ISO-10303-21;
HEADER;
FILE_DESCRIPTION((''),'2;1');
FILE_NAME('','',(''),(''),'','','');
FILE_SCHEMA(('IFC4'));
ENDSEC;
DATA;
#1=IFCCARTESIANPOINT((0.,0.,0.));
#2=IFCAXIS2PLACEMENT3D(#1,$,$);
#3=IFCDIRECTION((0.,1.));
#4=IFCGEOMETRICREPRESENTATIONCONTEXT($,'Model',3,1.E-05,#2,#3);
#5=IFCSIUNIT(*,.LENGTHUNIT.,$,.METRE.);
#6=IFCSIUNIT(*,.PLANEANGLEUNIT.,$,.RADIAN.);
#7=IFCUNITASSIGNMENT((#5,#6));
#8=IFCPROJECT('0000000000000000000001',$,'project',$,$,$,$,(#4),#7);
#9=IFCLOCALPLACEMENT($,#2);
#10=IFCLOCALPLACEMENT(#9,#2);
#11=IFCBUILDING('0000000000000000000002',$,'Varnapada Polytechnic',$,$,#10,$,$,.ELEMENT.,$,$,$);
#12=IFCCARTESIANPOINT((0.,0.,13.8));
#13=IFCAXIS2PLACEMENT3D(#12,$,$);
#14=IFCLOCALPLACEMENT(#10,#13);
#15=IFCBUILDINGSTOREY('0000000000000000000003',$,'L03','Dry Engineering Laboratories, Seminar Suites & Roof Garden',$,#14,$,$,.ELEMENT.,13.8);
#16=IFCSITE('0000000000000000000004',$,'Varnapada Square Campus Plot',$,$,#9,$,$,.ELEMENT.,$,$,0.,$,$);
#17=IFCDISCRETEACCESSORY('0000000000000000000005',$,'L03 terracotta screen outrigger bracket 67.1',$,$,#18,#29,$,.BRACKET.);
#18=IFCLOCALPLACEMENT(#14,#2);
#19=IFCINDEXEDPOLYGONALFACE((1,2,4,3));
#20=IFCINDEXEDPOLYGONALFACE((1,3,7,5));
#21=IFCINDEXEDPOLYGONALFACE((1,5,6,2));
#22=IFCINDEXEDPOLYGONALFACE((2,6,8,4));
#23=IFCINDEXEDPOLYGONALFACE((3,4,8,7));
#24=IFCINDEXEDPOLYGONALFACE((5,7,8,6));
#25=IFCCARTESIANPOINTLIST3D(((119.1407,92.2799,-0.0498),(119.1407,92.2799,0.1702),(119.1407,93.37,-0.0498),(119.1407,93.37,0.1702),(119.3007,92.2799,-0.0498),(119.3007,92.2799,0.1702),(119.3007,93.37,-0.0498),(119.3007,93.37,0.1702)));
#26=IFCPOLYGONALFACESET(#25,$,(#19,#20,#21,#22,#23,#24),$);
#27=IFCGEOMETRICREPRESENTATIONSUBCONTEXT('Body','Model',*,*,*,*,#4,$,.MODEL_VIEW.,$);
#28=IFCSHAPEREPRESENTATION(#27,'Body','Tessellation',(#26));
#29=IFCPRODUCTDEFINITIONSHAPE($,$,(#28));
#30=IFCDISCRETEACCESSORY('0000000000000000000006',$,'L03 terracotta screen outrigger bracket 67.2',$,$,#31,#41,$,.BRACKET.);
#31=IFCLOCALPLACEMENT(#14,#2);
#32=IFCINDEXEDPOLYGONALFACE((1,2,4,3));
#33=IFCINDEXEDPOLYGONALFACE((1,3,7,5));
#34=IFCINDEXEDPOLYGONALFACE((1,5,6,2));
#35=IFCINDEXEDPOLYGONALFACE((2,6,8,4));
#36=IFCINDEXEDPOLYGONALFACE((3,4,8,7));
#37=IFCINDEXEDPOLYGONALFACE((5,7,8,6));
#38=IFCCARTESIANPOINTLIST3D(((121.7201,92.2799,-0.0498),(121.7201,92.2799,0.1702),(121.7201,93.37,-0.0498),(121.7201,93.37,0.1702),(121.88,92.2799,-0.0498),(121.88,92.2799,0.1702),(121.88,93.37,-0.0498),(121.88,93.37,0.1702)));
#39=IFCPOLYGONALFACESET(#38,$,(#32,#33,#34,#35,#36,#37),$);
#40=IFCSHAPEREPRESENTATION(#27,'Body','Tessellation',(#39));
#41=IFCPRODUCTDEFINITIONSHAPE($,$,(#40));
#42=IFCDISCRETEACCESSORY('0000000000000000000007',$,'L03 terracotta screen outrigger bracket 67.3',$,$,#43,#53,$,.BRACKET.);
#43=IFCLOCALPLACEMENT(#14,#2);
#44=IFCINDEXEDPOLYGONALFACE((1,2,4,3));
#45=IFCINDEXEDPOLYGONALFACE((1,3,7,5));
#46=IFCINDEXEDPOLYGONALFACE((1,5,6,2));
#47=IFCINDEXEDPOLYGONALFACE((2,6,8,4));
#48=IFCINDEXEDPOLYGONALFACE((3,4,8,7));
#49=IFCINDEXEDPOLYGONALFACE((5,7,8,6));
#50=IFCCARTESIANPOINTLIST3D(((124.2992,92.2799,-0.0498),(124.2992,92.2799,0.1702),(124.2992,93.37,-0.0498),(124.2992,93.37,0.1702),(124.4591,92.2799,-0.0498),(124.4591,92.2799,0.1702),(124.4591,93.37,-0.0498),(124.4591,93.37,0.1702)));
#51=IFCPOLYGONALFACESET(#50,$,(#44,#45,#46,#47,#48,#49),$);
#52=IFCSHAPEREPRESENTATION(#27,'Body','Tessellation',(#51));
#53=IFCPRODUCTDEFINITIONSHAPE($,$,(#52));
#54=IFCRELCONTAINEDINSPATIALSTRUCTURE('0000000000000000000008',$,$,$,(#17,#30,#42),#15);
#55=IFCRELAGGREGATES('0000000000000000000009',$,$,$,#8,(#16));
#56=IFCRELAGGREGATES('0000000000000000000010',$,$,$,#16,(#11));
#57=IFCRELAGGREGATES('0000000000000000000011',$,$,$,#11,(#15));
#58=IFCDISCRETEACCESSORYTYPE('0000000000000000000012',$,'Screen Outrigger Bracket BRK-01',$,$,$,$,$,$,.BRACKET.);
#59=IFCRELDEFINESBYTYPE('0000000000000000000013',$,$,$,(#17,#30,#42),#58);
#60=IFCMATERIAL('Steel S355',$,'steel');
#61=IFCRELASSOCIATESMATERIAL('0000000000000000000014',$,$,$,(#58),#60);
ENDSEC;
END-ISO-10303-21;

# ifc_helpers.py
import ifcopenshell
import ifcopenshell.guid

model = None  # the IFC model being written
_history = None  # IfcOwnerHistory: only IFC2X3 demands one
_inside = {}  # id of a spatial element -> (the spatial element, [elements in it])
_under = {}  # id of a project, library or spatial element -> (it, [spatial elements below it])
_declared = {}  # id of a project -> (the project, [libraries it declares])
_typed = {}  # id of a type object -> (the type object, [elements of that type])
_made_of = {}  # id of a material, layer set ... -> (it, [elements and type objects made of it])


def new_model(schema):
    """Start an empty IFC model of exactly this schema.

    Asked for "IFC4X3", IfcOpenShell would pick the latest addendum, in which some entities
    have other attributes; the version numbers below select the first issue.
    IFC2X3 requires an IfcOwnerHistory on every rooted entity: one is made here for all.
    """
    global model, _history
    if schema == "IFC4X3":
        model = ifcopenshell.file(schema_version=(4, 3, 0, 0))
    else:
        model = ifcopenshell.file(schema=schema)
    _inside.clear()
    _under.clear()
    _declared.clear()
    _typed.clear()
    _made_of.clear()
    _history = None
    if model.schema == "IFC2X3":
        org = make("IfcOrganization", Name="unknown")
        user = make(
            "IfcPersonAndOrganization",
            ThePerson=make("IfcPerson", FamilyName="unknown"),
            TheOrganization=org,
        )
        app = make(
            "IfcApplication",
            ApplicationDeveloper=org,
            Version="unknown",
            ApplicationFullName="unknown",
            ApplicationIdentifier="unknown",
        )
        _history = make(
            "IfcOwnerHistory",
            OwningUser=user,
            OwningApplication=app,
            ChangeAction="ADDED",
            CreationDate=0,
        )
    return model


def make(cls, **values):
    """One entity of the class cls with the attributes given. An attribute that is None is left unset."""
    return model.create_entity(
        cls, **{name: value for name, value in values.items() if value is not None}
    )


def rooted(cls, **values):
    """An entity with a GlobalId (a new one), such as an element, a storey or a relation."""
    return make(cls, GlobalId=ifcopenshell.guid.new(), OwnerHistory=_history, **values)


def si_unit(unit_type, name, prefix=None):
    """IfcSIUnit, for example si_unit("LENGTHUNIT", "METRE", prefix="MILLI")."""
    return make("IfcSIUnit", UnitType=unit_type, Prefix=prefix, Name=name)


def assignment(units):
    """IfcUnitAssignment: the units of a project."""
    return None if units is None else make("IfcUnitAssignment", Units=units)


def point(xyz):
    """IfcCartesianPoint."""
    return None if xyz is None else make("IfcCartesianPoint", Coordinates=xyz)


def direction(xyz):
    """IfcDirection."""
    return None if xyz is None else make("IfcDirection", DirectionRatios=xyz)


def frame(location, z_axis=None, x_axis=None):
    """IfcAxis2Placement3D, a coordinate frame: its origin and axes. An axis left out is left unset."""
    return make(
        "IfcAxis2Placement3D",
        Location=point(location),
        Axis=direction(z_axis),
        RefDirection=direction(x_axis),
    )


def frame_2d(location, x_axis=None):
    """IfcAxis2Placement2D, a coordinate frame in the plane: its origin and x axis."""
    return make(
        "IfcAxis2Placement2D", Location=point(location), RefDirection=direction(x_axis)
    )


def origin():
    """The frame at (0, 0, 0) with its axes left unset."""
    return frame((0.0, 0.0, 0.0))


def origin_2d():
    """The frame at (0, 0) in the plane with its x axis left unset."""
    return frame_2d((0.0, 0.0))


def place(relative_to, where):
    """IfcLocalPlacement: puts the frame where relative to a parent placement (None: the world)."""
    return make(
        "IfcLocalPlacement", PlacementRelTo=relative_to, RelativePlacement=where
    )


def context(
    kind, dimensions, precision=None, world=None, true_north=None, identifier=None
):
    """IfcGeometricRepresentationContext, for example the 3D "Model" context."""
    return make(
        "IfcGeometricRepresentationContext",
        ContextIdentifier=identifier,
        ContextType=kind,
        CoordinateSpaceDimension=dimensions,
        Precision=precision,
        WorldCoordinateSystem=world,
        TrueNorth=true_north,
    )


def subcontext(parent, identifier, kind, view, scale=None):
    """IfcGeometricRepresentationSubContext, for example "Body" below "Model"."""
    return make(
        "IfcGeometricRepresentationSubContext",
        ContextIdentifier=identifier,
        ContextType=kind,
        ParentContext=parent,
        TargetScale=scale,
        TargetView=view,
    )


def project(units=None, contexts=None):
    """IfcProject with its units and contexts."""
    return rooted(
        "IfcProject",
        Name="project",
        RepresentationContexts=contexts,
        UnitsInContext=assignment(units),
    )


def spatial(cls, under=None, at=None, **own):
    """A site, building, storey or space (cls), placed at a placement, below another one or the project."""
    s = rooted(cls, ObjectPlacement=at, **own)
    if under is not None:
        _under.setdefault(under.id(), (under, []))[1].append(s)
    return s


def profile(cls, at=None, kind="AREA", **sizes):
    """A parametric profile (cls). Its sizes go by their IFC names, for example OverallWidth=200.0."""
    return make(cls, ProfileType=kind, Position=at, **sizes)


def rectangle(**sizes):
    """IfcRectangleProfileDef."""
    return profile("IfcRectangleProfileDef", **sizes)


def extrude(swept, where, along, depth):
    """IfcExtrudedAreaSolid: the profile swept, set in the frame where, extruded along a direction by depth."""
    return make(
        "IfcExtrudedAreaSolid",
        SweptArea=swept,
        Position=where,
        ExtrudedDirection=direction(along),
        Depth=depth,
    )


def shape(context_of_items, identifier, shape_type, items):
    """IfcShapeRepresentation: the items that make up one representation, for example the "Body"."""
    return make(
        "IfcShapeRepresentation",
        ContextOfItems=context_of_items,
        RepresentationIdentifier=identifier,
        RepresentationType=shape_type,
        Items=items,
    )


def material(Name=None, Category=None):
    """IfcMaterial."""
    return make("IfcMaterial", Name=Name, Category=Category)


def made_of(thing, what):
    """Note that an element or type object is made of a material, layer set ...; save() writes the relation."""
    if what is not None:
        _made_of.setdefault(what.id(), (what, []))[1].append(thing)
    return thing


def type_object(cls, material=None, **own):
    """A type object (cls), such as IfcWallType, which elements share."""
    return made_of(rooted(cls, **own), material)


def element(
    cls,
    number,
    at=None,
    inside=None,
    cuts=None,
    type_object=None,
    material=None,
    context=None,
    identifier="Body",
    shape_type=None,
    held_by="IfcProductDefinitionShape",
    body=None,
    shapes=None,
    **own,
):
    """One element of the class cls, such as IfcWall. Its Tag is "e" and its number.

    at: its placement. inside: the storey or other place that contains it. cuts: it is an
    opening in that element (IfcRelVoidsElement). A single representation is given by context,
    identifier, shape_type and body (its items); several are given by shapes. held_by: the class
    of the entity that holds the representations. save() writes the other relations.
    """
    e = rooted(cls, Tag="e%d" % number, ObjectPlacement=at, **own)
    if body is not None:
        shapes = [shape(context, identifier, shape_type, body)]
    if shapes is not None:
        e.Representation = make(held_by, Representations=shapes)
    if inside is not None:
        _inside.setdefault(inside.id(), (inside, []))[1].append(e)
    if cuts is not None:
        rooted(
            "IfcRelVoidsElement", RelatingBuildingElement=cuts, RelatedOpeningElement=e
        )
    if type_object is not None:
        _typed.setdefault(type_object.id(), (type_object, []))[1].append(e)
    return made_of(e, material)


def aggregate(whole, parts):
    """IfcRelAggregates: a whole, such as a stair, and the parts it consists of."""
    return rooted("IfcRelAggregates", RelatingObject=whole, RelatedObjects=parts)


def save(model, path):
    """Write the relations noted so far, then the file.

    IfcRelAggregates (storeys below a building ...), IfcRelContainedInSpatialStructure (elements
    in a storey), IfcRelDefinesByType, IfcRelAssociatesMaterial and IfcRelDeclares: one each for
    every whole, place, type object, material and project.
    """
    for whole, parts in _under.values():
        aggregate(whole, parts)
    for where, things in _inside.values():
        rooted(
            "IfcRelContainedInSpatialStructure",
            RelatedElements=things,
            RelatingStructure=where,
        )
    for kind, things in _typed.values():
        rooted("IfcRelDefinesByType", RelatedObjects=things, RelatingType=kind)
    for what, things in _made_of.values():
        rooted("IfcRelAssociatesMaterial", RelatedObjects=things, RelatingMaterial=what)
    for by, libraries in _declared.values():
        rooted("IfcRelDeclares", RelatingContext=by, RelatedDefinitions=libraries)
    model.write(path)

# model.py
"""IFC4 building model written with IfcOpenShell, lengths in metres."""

from ifc_helpers import new_model, si_unit, direction, frame, origin, origin_2d, place, context, subcontext, project, spatial, rectangle, extrude, material, type_object, element, save


model = new_model("IFC4")

# Units and contexts
model_context = context("Model", 3, precision=1e-05, world=origin(), true_north=direction((0.0, 1.0)))
body_context = subcontext(model_context, "Body", "Model", "MODEL_VIEW")
ifc_project = project(units=[si_unit("LENGTHUNIT", "METRE"), si_unit("PLANEANGLEUNIT", "RADIAN")], contexts=[model_context])

# Site, building, storey
site_placement = place(None, origin())
site = spatial("IfcSite", under=ifc_project, at=site_placement, Name="Varnapada Square Campus Plot", CompositionType="ELEMENT", RefElevation=0.0)
building_placement = place(site_placement, origin())
building = spatial("IfcBuilding", under=site, at=building_placement, Name="Varnapada Polytechnic", CompositionType="ELEMENT")
storey_placement = place(building_placement, frame((0.0, 0.0, 13.8)))
storey = spatial("IfcBuildingStorey", under=building, at=storey_placement, Name="L03", Description="Dry Engineering Laboratories, Seminar Suites & Roof Garden", CompositionType="ELEMENT", Elevation=13.8)

# Discrete accessories
ifc_material_1 = material(Name="Steel S355", Category="steel")
discrete_accessory_type = type_object("IfcDiscreteAccessoryType", Name="Screen Outrigger Bracket BRK-01", PredefinedType="BRACKET", material=ifc_material_1)
for number, where, z_axis, x_axis, name in (
    (1, (119.2207, 92.825, -0.0498), (0.0, 0.0, 1.0), (1.0, 0.0, 0.0), "L03 terracotta screen outrigger bracket 67.1"),
    (2, (121.8, 92.825, -0.0498), (0.0, 0.0, 1.0), (1.0, 0.0, 0.0), "L03 terracotta screen outrigger bracket 67.2"),
    (3, (124.3792, 92.825, -0.0498), (0.0, 0.0, 1.0), (1.0, 0.0, 0.0), "L03 terracotta screen outrigger bracket 67.3"),
):
    element("IfcDiscreteAccessory", number, at=place(storey_placement, frame(where, z_axis=z_axis, x_axis=x_axis)), inside=storey, type_object=discrete_accessory_type, Name=name, PredefinedType="BRACKET", context=body_context, shape_type="SweptSolid", body=[
        extrude(rectangle(XDim=0.1599, YDim=1.0901, at=origin_2d()), origin(), (0.0, 0.0, 1.0), 0.22),
    ])

save(model, "model.ifc")
